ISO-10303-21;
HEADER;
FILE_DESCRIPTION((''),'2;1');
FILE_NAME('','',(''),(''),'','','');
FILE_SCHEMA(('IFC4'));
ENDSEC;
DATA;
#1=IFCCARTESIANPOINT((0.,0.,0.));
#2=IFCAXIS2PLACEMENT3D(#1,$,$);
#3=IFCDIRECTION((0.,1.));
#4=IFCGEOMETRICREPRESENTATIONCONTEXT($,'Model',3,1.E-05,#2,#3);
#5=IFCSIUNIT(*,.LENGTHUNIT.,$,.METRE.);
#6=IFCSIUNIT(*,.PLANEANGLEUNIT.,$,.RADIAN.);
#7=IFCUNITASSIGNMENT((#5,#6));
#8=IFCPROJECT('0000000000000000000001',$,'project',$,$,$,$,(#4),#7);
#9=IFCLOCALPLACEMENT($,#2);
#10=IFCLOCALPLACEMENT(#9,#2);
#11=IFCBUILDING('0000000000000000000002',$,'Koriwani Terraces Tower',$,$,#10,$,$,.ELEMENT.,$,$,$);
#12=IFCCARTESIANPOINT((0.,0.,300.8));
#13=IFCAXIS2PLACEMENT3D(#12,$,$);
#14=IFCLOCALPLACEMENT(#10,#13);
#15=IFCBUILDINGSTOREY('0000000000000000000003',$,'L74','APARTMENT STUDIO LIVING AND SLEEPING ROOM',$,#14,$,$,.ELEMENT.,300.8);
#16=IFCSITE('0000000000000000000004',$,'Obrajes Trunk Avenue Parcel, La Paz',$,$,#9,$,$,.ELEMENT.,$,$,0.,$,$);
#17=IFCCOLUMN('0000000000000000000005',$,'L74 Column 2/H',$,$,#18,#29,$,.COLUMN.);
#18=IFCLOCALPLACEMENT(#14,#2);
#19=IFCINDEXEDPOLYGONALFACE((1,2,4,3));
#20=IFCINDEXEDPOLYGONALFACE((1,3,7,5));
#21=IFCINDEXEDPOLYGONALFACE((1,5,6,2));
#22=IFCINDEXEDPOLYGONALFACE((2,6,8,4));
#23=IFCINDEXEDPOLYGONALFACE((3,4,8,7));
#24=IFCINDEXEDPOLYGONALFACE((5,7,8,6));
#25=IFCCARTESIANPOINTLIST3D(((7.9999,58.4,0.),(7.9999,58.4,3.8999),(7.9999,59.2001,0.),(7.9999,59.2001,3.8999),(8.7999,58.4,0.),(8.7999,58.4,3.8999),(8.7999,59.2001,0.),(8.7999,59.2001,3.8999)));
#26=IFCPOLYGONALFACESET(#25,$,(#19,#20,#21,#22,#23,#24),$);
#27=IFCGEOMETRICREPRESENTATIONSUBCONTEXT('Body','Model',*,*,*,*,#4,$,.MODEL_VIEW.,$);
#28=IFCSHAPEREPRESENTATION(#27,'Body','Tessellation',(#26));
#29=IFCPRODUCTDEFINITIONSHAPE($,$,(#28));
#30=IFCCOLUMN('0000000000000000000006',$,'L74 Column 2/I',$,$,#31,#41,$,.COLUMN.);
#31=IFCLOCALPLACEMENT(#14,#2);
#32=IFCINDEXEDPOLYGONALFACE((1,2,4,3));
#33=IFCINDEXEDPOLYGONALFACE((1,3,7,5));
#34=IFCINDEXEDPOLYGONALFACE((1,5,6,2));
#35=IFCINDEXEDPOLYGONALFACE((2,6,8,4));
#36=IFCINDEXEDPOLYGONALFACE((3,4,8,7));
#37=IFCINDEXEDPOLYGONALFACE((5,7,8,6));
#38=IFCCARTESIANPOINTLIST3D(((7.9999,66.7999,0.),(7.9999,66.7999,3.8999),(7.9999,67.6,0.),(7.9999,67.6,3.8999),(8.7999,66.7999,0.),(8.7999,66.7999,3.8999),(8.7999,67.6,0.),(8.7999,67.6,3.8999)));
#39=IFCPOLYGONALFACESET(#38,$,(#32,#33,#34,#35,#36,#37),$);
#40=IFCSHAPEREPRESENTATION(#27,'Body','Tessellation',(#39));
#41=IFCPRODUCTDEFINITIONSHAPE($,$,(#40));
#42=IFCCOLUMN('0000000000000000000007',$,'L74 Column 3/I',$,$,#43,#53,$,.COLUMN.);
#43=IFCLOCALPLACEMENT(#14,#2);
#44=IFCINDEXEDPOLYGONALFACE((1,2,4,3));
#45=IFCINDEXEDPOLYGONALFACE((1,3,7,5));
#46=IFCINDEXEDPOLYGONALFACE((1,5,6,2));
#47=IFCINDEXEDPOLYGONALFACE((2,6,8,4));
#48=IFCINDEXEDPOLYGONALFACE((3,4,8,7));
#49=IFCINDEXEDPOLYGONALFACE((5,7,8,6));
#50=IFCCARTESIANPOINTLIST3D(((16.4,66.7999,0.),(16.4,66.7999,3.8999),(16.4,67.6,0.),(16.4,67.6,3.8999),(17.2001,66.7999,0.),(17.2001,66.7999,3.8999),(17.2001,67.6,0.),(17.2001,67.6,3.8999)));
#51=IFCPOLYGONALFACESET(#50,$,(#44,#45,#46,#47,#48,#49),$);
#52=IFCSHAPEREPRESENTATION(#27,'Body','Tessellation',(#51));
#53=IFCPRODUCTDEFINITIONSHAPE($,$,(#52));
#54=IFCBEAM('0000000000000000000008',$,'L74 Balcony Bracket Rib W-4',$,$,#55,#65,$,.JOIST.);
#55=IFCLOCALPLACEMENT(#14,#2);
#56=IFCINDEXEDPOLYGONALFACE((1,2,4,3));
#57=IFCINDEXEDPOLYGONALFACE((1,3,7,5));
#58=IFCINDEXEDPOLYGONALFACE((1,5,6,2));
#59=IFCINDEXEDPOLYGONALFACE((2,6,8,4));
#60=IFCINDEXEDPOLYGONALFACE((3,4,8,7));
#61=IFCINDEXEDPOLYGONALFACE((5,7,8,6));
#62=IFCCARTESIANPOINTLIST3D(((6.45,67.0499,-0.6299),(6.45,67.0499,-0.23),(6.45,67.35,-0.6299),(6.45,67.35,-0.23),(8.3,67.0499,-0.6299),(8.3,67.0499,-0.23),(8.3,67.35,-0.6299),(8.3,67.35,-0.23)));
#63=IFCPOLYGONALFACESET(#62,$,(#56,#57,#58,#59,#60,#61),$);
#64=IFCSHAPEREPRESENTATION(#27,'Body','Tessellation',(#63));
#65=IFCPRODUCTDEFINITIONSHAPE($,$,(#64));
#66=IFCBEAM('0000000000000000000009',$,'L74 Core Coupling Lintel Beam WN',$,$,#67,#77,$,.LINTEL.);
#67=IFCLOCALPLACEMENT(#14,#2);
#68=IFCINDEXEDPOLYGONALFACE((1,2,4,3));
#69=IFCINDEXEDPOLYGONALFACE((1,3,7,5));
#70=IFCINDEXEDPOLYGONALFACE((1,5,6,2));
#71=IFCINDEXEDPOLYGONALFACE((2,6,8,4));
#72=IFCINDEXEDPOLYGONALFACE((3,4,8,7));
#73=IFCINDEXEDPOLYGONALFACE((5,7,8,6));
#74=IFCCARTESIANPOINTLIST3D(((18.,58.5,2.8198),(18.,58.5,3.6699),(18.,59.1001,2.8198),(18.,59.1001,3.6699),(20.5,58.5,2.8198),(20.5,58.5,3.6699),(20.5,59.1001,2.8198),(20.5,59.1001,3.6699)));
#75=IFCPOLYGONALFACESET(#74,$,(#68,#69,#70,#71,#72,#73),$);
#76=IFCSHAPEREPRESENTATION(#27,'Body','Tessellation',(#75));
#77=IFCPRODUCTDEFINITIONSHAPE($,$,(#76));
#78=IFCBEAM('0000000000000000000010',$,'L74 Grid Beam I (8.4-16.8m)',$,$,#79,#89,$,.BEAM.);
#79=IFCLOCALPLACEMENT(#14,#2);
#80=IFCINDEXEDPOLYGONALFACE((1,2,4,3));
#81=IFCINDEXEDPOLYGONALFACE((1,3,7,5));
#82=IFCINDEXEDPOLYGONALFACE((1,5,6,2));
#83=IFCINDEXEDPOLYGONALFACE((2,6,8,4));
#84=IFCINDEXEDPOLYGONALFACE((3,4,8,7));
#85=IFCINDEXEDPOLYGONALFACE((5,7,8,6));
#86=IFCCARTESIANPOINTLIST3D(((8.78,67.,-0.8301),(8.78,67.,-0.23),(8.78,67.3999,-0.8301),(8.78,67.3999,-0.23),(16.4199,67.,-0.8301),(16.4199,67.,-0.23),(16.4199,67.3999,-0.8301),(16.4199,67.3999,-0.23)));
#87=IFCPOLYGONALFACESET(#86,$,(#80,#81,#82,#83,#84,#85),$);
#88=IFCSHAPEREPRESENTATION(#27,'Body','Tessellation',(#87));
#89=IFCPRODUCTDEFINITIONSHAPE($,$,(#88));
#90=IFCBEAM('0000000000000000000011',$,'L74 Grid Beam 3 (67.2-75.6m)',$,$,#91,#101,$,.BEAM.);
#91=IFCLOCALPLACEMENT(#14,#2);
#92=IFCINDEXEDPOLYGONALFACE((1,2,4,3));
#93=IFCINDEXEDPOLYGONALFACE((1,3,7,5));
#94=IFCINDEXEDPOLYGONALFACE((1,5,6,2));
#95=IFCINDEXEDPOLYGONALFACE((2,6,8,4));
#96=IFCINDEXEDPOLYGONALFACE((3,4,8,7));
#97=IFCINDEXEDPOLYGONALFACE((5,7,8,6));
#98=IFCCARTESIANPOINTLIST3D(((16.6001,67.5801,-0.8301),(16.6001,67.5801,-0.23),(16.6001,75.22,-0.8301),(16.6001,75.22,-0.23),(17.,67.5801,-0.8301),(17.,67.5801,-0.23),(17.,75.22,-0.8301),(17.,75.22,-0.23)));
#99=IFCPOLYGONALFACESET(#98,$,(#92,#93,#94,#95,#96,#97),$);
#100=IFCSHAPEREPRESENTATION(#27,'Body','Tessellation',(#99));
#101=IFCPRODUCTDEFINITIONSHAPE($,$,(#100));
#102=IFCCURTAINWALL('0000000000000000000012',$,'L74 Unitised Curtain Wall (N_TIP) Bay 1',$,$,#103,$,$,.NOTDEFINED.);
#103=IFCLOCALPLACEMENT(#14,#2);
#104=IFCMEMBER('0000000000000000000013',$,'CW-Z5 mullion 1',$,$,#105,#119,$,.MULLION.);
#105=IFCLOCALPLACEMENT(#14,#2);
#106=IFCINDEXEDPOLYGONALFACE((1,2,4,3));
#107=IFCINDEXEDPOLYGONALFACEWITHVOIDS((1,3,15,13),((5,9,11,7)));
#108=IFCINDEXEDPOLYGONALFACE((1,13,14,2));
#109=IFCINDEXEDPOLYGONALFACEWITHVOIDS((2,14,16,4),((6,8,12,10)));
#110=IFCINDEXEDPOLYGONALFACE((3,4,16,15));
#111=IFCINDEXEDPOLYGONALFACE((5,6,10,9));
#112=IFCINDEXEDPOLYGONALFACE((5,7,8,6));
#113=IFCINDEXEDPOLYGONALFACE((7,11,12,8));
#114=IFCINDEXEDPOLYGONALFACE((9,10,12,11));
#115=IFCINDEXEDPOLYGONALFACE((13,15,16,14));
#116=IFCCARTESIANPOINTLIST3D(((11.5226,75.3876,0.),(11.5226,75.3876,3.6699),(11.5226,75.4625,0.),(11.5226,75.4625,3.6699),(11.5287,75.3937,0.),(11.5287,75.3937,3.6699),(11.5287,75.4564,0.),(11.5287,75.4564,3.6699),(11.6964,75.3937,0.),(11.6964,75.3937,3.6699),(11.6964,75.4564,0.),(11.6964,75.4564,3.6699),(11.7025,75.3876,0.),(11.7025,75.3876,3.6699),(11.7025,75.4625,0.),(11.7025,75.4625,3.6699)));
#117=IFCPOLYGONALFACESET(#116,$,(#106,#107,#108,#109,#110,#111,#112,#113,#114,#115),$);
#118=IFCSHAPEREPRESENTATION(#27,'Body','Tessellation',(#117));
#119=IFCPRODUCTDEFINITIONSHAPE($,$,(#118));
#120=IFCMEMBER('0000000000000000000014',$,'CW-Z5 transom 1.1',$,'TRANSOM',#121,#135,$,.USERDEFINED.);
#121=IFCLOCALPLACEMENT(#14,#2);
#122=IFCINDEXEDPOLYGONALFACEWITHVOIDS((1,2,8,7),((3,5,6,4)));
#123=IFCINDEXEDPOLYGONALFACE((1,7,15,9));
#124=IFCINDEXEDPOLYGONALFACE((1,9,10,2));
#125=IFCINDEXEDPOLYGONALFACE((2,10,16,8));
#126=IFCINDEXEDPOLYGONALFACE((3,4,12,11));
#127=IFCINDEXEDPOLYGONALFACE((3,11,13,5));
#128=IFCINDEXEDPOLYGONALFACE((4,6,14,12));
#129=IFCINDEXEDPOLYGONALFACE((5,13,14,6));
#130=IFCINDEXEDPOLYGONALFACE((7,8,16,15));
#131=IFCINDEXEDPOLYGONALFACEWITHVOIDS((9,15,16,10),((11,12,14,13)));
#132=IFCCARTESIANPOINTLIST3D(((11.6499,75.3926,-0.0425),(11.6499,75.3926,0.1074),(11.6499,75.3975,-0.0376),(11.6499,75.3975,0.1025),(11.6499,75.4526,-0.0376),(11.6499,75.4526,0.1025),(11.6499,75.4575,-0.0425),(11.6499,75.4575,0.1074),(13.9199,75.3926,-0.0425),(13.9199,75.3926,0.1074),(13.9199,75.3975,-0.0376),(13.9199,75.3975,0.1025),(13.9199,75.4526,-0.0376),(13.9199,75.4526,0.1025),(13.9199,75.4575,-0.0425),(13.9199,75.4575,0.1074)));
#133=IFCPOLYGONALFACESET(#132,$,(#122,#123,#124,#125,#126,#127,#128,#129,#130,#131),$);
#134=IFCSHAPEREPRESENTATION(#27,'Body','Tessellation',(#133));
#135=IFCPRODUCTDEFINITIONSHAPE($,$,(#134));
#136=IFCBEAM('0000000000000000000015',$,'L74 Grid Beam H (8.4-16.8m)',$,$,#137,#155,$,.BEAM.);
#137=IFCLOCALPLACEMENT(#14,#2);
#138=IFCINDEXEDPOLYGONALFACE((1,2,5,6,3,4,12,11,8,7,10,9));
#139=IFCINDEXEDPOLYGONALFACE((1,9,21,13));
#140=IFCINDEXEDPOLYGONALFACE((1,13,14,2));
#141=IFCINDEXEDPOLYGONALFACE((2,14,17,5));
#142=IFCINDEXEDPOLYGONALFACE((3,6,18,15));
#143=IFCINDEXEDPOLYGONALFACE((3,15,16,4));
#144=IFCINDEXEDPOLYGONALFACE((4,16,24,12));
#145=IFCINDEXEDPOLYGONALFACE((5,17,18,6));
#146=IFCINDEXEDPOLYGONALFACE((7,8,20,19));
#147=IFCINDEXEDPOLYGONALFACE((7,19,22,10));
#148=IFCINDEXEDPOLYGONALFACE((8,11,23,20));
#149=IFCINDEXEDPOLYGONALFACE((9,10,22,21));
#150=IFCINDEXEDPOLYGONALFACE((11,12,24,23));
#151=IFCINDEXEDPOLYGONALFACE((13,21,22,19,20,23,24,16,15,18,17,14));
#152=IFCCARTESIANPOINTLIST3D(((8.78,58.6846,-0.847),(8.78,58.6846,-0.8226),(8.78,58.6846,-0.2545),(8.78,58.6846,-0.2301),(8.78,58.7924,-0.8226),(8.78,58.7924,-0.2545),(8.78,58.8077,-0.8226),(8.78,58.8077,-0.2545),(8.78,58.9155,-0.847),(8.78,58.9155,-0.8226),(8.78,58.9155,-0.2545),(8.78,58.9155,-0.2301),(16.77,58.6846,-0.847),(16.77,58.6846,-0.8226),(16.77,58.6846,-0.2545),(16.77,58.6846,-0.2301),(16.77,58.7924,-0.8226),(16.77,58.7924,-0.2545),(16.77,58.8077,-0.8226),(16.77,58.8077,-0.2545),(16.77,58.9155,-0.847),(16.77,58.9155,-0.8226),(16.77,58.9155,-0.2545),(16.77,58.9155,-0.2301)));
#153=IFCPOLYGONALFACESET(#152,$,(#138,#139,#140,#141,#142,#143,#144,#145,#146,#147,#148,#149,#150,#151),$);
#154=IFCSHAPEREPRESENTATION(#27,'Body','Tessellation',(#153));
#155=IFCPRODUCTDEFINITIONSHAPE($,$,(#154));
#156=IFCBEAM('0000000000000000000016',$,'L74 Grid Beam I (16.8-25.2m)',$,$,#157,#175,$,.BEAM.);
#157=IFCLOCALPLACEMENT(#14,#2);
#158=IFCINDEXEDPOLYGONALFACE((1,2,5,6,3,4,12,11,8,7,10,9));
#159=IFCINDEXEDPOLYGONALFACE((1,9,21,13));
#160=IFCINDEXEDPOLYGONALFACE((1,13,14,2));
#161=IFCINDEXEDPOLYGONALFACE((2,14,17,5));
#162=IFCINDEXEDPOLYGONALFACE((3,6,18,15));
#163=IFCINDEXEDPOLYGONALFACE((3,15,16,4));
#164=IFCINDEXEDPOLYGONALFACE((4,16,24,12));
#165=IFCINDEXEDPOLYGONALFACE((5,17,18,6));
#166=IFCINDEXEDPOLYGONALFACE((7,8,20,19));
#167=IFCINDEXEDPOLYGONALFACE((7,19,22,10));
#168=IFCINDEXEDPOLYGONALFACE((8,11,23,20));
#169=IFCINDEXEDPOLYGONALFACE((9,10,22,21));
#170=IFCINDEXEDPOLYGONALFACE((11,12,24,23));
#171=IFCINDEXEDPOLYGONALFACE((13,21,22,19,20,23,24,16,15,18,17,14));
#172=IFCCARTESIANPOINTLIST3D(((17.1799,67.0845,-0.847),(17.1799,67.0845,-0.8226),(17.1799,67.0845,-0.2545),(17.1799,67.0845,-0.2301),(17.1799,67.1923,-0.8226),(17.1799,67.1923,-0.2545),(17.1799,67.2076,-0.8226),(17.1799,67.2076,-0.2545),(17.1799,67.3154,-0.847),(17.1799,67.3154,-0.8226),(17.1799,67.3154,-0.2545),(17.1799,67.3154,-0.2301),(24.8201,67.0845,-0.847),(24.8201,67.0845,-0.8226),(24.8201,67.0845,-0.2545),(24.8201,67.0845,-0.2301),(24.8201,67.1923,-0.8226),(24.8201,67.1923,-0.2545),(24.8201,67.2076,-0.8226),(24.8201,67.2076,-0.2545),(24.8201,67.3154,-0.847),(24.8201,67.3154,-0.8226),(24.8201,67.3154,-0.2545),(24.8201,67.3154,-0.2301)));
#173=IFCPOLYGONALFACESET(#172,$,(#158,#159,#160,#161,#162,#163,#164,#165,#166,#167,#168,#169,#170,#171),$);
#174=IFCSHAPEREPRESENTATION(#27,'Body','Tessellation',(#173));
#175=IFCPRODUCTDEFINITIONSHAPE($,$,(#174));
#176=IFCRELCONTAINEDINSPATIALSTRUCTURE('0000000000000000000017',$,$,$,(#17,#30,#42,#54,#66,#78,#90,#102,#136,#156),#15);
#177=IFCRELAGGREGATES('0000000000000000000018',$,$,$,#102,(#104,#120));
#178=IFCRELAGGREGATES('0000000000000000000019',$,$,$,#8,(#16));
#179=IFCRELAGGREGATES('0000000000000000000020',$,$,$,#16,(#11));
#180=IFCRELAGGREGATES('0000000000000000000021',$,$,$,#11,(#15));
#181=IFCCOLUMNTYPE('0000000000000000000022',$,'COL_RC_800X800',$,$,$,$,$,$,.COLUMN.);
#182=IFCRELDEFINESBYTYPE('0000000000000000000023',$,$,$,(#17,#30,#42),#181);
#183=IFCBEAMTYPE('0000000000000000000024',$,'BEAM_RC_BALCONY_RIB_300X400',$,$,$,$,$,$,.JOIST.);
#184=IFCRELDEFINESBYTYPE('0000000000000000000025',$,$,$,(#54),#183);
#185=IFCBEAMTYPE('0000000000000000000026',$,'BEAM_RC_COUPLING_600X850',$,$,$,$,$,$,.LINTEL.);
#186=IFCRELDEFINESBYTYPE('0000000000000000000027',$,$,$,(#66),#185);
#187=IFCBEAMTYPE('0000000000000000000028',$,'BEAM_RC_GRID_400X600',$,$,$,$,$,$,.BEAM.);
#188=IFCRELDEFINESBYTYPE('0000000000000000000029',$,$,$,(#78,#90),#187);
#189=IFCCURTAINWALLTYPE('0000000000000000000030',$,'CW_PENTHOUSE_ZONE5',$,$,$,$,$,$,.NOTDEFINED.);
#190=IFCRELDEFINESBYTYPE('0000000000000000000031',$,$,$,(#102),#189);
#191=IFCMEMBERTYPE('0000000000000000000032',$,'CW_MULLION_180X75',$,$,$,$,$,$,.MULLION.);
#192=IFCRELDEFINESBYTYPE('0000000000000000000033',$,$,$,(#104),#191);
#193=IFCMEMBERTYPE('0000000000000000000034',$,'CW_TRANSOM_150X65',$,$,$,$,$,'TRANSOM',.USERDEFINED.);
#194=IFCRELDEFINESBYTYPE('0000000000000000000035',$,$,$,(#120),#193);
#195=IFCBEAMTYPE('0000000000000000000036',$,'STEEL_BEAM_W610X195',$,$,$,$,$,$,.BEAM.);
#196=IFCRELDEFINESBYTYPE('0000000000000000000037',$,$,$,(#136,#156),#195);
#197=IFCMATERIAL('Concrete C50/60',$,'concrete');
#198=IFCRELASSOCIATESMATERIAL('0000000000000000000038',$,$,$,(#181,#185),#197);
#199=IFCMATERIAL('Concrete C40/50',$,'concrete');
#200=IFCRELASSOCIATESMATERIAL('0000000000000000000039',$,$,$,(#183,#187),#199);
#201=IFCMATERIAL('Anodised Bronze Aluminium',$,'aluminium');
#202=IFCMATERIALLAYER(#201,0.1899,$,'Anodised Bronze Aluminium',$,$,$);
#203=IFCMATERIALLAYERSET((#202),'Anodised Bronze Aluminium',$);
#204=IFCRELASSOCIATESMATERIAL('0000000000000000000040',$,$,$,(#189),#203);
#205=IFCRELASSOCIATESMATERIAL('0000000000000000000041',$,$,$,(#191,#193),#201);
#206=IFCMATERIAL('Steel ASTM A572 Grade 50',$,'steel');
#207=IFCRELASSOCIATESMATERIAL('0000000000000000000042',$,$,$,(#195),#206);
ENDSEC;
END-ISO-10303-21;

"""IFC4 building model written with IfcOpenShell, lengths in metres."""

from ifc_helpers import new_model, si_unit, direction, frame, origin, origin_2d, place, context, subcontext, project, spatial, rectangle, hollow_rectangle, i_section, extrude, material, layer, layer_set, material_profile, profile_set, type_object, element, aggregate, save


model = new_model("IFC4")

# Units and contexts
model_context = context("Model", 3, precision=1e-05, world=origin(), true_north=direction((0.0, 1.0)))
body_context = subcontext(model_context, "Body", "Model", "MODEL_VIEW")
ifc_project = project(units=[si_unit("LENGTHUNIT", "METRE"), si_unit("PLANEANGLEUNIT", "RADIAN")], contexts=[model_context])

# Site, building, storey
site_placement = place(None, origin())
site = spatial("IfcSite", under=ifc_project, at=site_placement, Name="Obrajes Trunk Avenue Parcel, La Paz", CompositionType="ELEMENT", RefElevation=0.0)
building_placement = place(site_placement, origin())
building = spatial("IfcBuilding", under=site, at=building_placement, Name="Koriwani Terraces Tower", CompositionType="ELEMENT")
storey_placement = place(building_placement, frame((0.0, 0.0, 300.8)))
storey = spatial("IfcBuildingStorey", under=building, at=storey_placement, Name="L74", Description="APARTMENT STUDIO LIVING AND SLEEPING ROOM", CompositionType="ELEMENT", Elevation=300.8)

# Columns
ifc_material_1 = material(Name="Concrete C50/60", Category="concrete")
ifc_material_profile_1 = material_profile(ifc_material_1, rectangle(XDim=0.8, YDim=0.8, at=origin_2d()), Name="Concrete C50/60", Category="LoadBearing")
ifc_profile_set_1 = profile_set([ifc_material_profile_1], Name="Concrete C50/60")
column_type = type_object("IfcColumnType", Name="COL_RC_800X800", PredefinedType="COLUMN", material=ifc_profile_set_1)
for number, where, z_axis, x_axis, name in (
    (1, (8.3999, 58.8, 0.0), (0.0, 0.0, 1.0), (1.0, 0.0, 0.0), "L74 Column 2/H"),
    (2, (8.3999, 67.2, 0.0), (0.0, 0.0, 1.0), (1.0, 0.0, 0.0), "L74 Column 2/I"),
    (3, (16.8, 67.2, 0.0), (0.0, 0.0, 1.0), (1.0, 0.0, 0.0), "L74 Column 3/I"),
):
    element("IfcColumn", number, at=place(storey_placement, frame(where, z_axis=z_axis, x_axis=x_axis)), inside=storey, type_object=column_type, Name=name, PredefinedType="COLUMN", context=body_context, shape_type="SweptSolid", body=[
        extrude(rectangle(XDim=0.8, YDim=0.8, at=origin_2d()), origin(), (0.0, 0.0, 1.0), 3.8999),
    ])

# Beams
ifc_material_2 = material(Name="Concrete C40/50", Category="concrete")
ifc_material_profile_2 = material_profile(ifc_material_2, rectangle(XDim=0.3, YDim=0.3999, at=origin_2d()), Name="Concrete C40/50", Category="LoadBearing")
ifc_profile_set_2 = profile_set([ifc_material_profile_2], Name="Concrete C40/50")
beam_type_1 = type_object("IfcBeamType", Name="BEAM_RC_BALCONY_RIB_300X400", PredefinedType="JOIST", material=ifc_profile_set_2)
beam_1_placement = place(storey_placement, frame((6.45, 67.2, -0.4299), z_axis=(1.0, 0.0, 0.0), x_axis=(0.0, 1.0, 0.0)))
element("IfcBeam", 4, at=beam_1_placement, inside=storey, type_object=beam_type_1, Name="L74 Balcony Bracket Rib W-4", PredefinedType="JOIST", context=body_context, shape_type="SweptSolid", body=[
    extrude(rectangle(XDim=0.3, YDim=0.3999, at=origin_2d()), origin(), (0.0, 0.0, 1.0), 1.8501),
])
ifc_material_profile_3 = material_profile(ifc_material_1, rectangle(XDim=0.6001, YDim=0.8501, at=origin_2d()), Name="Concrete C50/60", Category="LoadBearing")
ifc_profile_set_3 = profile_set([ifc_material_profile_3], Name="Concrete C50/60")
beam_type_2 = type_object("IfcBeamType", Name="BEAM_RC_COUPLING_600X850", PredefinedType="LINTEL", material=ifc_profile_set_3)
beam_2_placement = place(storey_placement, frame((18.0, 58.8, 3.2449), z_axis=(1.0, 0.0, 0.0), x_axis=(0.0, 1.0, 0.0)))
element("IfcBeam", 5, at=beam_2_placement, inside=storey, type_object=beam_type_2, Name="L74 Core Coupling Lintel Beam WN", PredefinedType="LINTEL", context=body_context, shape_type="SweptSolid", body=[
    extrude(rectangle(XDim=0.6001, YDim=0.8501, at=origin_2d()), origin(), (0.0, 0.0, 1.0), 2.5),
])
ifc_material_profile_4 = material_profile(ifc_material_2, rectangle(XDim=0.3999, YDim=0.6001, at=origin_2d()), Name="Concrete C40/50", Category="LoadBearing")
ifc_profile_set_4 = profile_set([ifc_material_profile_4], Name="Concrete C40/50")
beam_type_3 = type_object("IfcBeamType", Name="BEAM_RC_GRID_400X600", PredefinedType="BEAM", material=ifc_profile_set_4)
for number, where, z_axis, x_axis, name in (
    (6, (8.78, 67.2, -0.53), (1.0, 0.0, 0.0), (0.0, 1.0, 0.0), "L74 Grid Beam I (8.4-16.8m)"),
    (7, (16.8, 67.5801, -0.53), (0.0, 1.0, 0.0), (-1.0, 0.0, 0.0), "L74 Grid Beam 3 (67.2-75.6m)"),
):
    element("IfcBeam", number, at=place(storey_placement, frame(where, z_axis=z_axis, x_axis=x_axis)), inside=storey, type_object=beam_type_3, Name=name, PredefinedType="BEAM", context=body_context, shape_type="SweptSolid", body=[
        extrude(rectangle(XDim=0.3999, YDim=0.6001, at=origin_2d()), origin(), (0.0, 0.0, 1.0), 7.6399),
    ])

# Curtain wall, members
ifc_material_3 = material(Name="Anodised Bronze Aluminium", Category="aluminium")
ifc_layer_1 = layer(ifc_material_3, 0.1899, Name="Anodised Bronze Aluminium")
ifc_layer_set_1 = layer_set([ifc_layer_1], Name="Anodised Bronze Aluminium")
curtain_wall_type = type_object("IfcCurtainWallType", Name="CW_PENTHOUSE_ZONE5", PredefinedType="NOTDEFINED", material=ifc_layer_set_1)
curtain_wall_placement = place(storey_placement, origin())
curtain_wall = element("IfcCurtainWall", 8, at=curtain_wall_placement, inside=storey, type_object=curtain_wall_type, Name="L74 Unitised Curtain Wall (N_TIP) Bay 1", PredefinedType="NOTDEFINED")
ifc_material_profile_5 = material_profile(ifc_material_3, hollow_rectangle(XDim=0.075, YDim=0.1799, WallThickness=0.0061, at=origin_2d()), Name="Anodised Bronze Aluminium", Category="LoadBearing")
ifc_profile_set_5 = profile_set([ifc_material_profile_5], Name="Anodised Bronze Aluminium")
member_type_1 = type_object("IfcMemberType", Name="CW_MULLION_180X75", PredefinedType="MULLION", material=ifc_profile_set_5)
member_1_placement = place(storey_placement, frame((11.6125, 75.425, 0.0), z_axis=(0.0, 0.0, 1.0), x_axis=(0.0, 1.0, 0.0)))
member_1 = element("IfcMember", 9, at=member_1_placement, type_object=member_type_1, Name="CW-Z5 mullion 1", PredefinedType="MULLION", context=body_context, shape_type="SweptSolid", body=[
    extrude(hollow_rectangle(XDim=0.075, YDim=0.1799, WallThickness=0.0061, at=origin_2d()), origin(), (0.0, 0.0, 1.0), 3.6699),
])
ifc_material_profile_6 = material_profile(ifc_material_3, hollow_rectangle(XDim=0.0649, YDim=0.1499, WallThickness=0.0049, at=origin_2d()), Name="Anodised Bronze Aluminium", Category="LoadBearing")
ifc_profile_set_6 = profile_set([ifc_material_profile_6], Name="Anodised Bronze Aluminium")
member_type_2 = type_object("IfcMemberType", Name="CW_TRANSOM_150X65", ElementType="TRANSOM", PredefinedType="USERDEFINED", material=ifc_profile_set_6)
member_2_placement = place(storey_placement, frame((11.6499, 75.425, 0.0325), z_axis=(1.0, 0.0, 0.0), x_axis=(0.0, 1.0, 0.0)))
member_2 = element("IfcMember", 10, at=member_2_placement, type_object=member_type_2, Name="CW-Z5 transom 1.1", ObjectType="TRANSOM", PredefinedType="USERDEFINED", context=body_context, shape_type="SweptSolid", body=[
    extrude(hollow_rectangle(XDim=0.0649, YDim=0.1499, WallThickness=0.0049, at=origin_2d()), origin(), (0.0, 0.0, 1.0), 2.27),
])
aggregate(curtain_wall, [member_1, member_2])

# Beams
ifc_material_4 = material(Name="Steel ASTM A572 Grade 50", Category="steel")
ifc_material_profile_7 = material_profile(ifc_material_4, i_section(OverallWidth=0.231, OverallDepth=0.6169, WebThickness=0.0154, FlangeThickness=0.0244, at=origin_2d()), Name="Steel ASTM A572 Grade 50", Category="LoadBearing")
ifc_profile_set_7 = profile_set([ifc_material_profile_7], Name="Steel ASTM A572 Grade 50")
beam_type_4 = type_object("IfcBeamType", Name="STEEL_BEAM_W610X195", PredefinedType="BEAM", material=ifc_profile_set_7)
beam_3_placement = place(storey_placement, frame((8.78, 58.8, -0.5386), z_axis=(1.0, 0.0, 0.0), x_axis=(0.0, 1.0, 0.0)))
element("IfcBeam", 11, at=beam_3_placement, inside=storey, type_object=beam_type_4, Name="L74 Grid Beam H (8.4-16.8m)", PredefinedType="BEAM", context=body_context, shape_type="SweptSolid", body=[
    extrude(i_section(OverallWidth=0.231, OverallDepth=0.6169, WebThickness=0.0154, FlangeThickness=0.0244, at=origin_2d()), origin(), (0.0, 0.0, 1.0), 7.99),
])
beam_4_placement = place(storey_placement, frame((17.1799, 67.2, -0.5386), z_axis=(1.0, 0.0, 0.0), x_axis=(0.0, 1.0, 0.0)))
element("IfcBeam", 12, at=beam_4_placement, inside=storey, type_object=beam_type_4, Name="L74 Grid Beam I (16.8-25.2m)", PredefinedType="BEAM", context=body_context, shape_type="SweptSolid", body=[
    extrude(i_section(OverallWidth=0.231, OverallDepth=0.6169, WebThickness=0.0154, FlangeThickness=0.0244, at=origin_2d()), origin(), (0.0, 0.0, 1.0), 7.6401),
])

save(model, "model.ifc")
